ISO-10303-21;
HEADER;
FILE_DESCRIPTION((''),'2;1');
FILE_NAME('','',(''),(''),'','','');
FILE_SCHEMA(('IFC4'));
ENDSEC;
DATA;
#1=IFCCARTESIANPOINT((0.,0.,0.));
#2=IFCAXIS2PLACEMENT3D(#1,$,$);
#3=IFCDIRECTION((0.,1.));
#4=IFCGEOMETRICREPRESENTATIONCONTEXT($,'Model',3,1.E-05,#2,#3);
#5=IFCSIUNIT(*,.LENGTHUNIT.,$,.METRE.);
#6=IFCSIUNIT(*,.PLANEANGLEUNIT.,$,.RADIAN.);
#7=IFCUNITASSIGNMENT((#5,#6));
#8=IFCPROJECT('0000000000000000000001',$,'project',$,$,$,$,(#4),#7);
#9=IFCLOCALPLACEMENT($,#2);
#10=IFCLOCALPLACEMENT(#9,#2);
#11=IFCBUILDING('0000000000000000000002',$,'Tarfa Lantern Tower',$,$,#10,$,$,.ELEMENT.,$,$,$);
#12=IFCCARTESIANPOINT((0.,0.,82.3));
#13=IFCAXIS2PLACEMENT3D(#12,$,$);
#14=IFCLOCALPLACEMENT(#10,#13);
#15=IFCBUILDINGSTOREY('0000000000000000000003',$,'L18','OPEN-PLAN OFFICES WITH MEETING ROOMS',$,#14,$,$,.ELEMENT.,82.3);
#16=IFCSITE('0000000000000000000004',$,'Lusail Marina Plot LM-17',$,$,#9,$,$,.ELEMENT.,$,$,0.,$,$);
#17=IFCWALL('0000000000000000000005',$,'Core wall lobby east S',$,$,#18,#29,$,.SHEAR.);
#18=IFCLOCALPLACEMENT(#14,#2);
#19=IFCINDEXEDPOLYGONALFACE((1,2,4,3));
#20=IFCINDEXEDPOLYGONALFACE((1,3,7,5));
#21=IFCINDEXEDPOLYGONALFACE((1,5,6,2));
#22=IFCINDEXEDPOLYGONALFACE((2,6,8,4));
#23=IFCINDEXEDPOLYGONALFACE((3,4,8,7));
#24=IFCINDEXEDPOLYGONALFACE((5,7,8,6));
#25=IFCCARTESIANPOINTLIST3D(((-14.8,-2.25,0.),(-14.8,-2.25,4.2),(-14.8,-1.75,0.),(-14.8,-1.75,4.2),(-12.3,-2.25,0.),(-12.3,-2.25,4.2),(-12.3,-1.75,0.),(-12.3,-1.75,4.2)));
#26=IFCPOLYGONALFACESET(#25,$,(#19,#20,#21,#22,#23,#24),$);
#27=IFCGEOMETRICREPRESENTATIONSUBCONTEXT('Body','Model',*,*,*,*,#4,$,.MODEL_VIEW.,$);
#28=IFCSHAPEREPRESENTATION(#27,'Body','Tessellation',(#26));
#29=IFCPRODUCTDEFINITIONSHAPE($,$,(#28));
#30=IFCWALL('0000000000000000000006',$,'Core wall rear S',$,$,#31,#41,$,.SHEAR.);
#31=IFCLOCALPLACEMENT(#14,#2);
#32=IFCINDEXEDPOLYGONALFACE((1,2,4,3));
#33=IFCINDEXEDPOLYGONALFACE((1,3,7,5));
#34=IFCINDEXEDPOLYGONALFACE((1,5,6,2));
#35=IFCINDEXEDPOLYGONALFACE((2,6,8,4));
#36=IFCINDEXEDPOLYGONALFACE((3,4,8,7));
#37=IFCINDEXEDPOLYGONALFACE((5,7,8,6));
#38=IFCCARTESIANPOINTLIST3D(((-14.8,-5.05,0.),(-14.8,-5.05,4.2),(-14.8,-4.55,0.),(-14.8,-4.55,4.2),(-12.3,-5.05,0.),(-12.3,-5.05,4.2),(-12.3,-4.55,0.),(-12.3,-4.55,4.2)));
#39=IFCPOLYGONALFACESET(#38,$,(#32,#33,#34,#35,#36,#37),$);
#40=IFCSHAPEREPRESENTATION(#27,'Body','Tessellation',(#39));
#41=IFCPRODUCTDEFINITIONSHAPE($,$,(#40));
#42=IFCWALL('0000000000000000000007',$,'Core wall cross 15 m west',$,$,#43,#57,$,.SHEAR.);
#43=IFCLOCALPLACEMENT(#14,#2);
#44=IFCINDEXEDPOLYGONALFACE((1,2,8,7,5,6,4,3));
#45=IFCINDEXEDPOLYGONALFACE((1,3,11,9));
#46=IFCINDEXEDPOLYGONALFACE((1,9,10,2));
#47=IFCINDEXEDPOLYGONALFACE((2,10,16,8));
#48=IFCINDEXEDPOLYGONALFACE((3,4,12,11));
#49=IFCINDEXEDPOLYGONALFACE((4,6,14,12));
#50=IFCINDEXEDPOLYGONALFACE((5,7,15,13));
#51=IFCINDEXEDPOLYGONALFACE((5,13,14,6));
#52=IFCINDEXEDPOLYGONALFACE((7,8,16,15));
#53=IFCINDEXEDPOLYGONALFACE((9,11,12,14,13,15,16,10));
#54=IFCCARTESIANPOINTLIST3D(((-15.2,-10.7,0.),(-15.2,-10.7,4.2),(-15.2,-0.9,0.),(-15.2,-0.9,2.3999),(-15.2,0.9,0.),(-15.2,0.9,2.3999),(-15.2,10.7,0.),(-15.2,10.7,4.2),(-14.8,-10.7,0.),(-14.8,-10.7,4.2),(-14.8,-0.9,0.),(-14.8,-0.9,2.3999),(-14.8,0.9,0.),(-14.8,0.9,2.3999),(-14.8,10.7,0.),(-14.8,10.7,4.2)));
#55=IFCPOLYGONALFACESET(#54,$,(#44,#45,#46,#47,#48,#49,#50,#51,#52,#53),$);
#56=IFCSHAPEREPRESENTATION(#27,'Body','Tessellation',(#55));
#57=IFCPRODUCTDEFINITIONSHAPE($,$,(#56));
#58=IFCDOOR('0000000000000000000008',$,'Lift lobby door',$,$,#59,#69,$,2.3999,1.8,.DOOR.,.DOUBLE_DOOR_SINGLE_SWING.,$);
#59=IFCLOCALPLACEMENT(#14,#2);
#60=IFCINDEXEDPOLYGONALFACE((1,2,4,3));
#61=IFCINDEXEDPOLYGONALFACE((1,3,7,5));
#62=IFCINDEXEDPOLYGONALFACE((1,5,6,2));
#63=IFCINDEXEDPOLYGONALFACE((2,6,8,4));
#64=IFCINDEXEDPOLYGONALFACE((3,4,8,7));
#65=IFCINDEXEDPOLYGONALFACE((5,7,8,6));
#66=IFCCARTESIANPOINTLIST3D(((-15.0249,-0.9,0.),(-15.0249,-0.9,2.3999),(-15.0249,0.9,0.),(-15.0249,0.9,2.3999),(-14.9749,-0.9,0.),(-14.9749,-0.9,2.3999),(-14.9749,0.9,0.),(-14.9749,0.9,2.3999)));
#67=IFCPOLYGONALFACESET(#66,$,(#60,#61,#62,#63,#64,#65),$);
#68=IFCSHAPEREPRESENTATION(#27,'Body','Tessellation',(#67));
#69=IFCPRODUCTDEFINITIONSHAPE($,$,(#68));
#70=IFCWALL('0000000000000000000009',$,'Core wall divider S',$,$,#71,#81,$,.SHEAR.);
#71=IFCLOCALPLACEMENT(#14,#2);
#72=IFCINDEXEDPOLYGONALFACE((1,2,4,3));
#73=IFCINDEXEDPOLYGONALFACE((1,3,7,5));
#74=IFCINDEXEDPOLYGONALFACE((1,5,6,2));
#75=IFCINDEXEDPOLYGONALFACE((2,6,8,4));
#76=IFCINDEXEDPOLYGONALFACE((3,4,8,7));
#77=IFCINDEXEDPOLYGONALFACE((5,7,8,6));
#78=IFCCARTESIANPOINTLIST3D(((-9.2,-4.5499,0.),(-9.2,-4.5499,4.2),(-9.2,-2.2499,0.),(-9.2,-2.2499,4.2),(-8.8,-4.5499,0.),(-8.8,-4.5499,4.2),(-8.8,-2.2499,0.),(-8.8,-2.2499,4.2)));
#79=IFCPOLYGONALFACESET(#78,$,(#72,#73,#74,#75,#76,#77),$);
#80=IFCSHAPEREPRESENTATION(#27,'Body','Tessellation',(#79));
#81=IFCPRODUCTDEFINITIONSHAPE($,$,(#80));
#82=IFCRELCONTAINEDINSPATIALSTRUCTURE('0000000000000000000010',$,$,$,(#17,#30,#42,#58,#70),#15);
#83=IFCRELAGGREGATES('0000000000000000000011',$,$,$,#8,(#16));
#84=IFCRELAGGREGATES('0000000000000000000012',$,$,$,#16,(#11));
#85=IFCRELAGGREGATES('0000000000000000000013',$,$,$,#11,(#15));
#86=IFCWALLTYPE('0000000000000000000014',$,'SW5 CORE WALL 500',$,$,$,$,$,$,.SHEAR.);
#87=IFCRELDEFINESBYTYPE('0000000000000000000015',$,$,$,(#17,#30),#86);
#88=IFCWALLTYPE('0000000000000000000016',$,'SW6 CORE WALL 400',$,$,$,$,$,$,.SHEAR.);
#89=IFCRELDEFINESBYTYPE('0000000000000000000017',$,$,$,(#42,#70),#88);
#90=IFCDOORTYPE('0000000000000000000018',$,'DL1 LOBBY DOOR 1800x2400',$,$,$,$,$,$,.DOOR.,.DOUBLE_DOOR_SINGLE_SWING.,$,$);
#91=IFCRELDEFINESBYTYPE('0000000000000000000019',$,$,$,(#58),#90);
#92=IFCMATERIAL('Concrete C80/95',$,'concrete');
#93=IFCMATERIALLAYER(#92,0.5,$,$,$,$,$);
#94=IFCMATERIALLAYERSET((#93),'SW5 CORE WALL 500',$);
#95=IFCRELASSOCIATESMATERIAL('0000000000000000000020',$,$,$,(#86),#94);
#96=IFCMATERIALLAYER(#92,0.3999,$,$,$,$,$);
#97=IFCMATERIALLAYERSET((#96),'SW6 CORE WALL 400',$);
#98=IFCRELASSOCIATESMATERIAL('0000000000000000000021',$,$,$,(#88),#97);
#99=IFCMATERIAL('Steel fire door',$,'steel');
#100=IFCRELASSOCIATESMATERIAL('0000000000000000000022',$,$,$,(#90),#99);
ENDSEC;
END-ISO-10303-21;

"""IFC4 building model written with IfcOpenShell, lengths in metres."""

from ifc_helpers import new_model, si_unit, direction, frame, frame_2d, origin, place, context, subcontext, project, spatial, rectangle, extrude, material, layer, layer_set, type_object, element, fill, save


model = new_model("IFC4")

# Units and contexts
model_context = context("Model", 3, precision=1e-05, world=origin(), true_north=direction((0.0, 1.0)))
body_context = subcontext(model_context, "Body", "Model", "MODEL_VIEW")
ifc_project = project(units=[si_unit("LENGTHUNIT", "METRE"), si_unit("PLANEANGLEUNIT", "RADIAN")], contexts=[model_context])

# Site, building, storey
site_placement = place(None, origin())
site = spatial("IfcSite", under=ifc_project, at=site_placement, Name="Lusail Marina Plot LM-17", CompositionType="ELEMENT", RefElevation=0.0)
building_placement = place(site_placement, origin())
building = spatial("IfcBuilding", under=site, at=building_placement, Name="Tarfa Lantern Tower", CompositionType="ELEMENT")
storey_placement = place(building_placement, frame((0.0, 0.0, 82.3)))
storey = spatial("IfcBuildingStorey", under=building, at=storey_placement, Name="L18", Description="OPEN-PLAN OFFICES WITH MEETING ROOMS", CompositionType="ELEMENT", Elevation=82.3)

# Shared definitions
ifc_material_1 = material(Name="Concrete C80/95", Category="concrete")

# Walls
ifc_layer_1 = layer(ifc_material_1, 0.5)
ifc_layer_set_1 = layer_set([ifc_layer_1], Name="SW5 CORE WALL 500")
wall_type_1 = type_object("IfcWallType", Name="SW5 CORE WALL 500", PredefinedType="SHEAR", material=ifc_layer_set_1)
for number, where, z_axis, x_axis, name in (
    (1, (-12.3, -2.0, 0.0), (0.0, 0.0, 1.0), (-1.0, 0.0, 0.0), "Core wall lobby east S"),
    (2, (-12.3, -4.8, 0.0), (0.0, 0.0, 1.0), (-1.0, 0.0, 0.0), "Core wall rear S"),
):
    element("IfcWall", number, at=place(storey_placement, frame(where, z_axis=z_axis, x_axis=x_axis)), inside=storey, type_object=wall_type_1, Name=name, PredefinedType="SHEAR", context=body_context, shape_type="SweptSolid", body=[
        extrude(rectangle(XDim=2.5, YDim=0.5, at=frame_2d((1.25, 0.0))), origin(), (0.0, 0.0, 1.0), 4.2),
    ])

# Wall, opening, door
ifc_layer_2 = layer(ifc_material_1, 0.3999)
ifc_layer_set_2 = layer_set([ifc_layer_2], Name="SW6 CORE WALL 400")
wall_type_2 = type_object("IfcWallType", Name="SW6 CORE WALL 400", PredefinedType="SHEAR", material=ifc_layer_set_2)
wall_1_placement = place(storey_placement, frame((-15.0, -10.7, 0.0), z_axis=(0.0, 0.0, 1.0), x_axis=(0.0, 1.0, 0.0)))
wall_1 = element("IfcWall", 3, at=wall_1_placement, inside=storey, type_object=wall_type_2, Name="Core wall cross 15 m west", PredefinedType="SHEAR", context=body_context, shape_type="SweptSolid", body=[
    extrude(rectangle(XDim=21.3999, YDim=0.3999, at=frame_2d((10.7, 0.0))), origin(), (0.0, 0.0, 1.0), 4.2),
])
opening_1_placement = place(wall_1_placement, frame((9.8, 0.0, 0.0)))
opening_1 = element("IfcOpeningElement", 4, at=opening_1_placement, cuts=wall_1, PredefinedType="OPENING", context=body_context, shape_type="SweptSolid", body=[
    extrude(rectangle(XDim=1.8, YDim=2.3999, at=frame_2d((0.8999, 1.2))), frame((0.0, 0.21, 0.0), z_axis=(0.0, -1.0, 0.0), x_axis=(1.0, 0.0, 0.0)), (0.0, 0.0, 1.0), 0.4199),
])
ifc_material_2 = material(Name="Steel fire door", Category="steel")
door_type = type_object("IfcDoorType", Name="DL1 LOBBY DOOR 1800x2400", OperationType="DOUBLE_DOOR_SINGLE_SWING", PredefinedType="DOOR", material=ifc_material_2)
door_1_placement = place(opening_1_placement, origin())
door_1 = element("IfcDoor", 5, at=door_1_placement, inside=storey, type_object=door_type, Name="Lift lobby door", OperationType="DOUBLE_DOOR_SINGLE_SWING", OverallHeight=2.3999, OverallWidth=1.8, PredefinedType="DOOR", context=body_context, shape_type="SweptSolid", body=[
    extrude(rectangle(XDim=1.8, YDim=2.3999, at=frame_2d((0.8999, 1.2))), frame((0.0, 0.0249, 0.0), z_axis=(0.0, -1.0, 0.0), x_axis=(1.0, 0.0, 0.0)), (0.0, 0.0, 1.0), 0.05),
])
fill(opening_1, door_1)

# Wall
wall_2_placement = place(storey_placement, frame((-9.0, -2.25, 0.0), z_axis=(0.0, 0.0, 1.0), x_axis=(0.0, -1.0, 0.0)))
element("IfcWall", 6, at=wall_2_placement, inside=storey, type_object=wall_type_2, Name="Core wall divider S", PredefinedType="SHEAR", context=body_context, shape_type="SweptSolid", body=[
    extrude(rectangle(XDim=2.3, YDim=0.3999, at=frame_2d((1.1499, 0.0))), origin(), (0.0, 0.0, 1.0), 4.2),
])

save(model, "model.ifc")
